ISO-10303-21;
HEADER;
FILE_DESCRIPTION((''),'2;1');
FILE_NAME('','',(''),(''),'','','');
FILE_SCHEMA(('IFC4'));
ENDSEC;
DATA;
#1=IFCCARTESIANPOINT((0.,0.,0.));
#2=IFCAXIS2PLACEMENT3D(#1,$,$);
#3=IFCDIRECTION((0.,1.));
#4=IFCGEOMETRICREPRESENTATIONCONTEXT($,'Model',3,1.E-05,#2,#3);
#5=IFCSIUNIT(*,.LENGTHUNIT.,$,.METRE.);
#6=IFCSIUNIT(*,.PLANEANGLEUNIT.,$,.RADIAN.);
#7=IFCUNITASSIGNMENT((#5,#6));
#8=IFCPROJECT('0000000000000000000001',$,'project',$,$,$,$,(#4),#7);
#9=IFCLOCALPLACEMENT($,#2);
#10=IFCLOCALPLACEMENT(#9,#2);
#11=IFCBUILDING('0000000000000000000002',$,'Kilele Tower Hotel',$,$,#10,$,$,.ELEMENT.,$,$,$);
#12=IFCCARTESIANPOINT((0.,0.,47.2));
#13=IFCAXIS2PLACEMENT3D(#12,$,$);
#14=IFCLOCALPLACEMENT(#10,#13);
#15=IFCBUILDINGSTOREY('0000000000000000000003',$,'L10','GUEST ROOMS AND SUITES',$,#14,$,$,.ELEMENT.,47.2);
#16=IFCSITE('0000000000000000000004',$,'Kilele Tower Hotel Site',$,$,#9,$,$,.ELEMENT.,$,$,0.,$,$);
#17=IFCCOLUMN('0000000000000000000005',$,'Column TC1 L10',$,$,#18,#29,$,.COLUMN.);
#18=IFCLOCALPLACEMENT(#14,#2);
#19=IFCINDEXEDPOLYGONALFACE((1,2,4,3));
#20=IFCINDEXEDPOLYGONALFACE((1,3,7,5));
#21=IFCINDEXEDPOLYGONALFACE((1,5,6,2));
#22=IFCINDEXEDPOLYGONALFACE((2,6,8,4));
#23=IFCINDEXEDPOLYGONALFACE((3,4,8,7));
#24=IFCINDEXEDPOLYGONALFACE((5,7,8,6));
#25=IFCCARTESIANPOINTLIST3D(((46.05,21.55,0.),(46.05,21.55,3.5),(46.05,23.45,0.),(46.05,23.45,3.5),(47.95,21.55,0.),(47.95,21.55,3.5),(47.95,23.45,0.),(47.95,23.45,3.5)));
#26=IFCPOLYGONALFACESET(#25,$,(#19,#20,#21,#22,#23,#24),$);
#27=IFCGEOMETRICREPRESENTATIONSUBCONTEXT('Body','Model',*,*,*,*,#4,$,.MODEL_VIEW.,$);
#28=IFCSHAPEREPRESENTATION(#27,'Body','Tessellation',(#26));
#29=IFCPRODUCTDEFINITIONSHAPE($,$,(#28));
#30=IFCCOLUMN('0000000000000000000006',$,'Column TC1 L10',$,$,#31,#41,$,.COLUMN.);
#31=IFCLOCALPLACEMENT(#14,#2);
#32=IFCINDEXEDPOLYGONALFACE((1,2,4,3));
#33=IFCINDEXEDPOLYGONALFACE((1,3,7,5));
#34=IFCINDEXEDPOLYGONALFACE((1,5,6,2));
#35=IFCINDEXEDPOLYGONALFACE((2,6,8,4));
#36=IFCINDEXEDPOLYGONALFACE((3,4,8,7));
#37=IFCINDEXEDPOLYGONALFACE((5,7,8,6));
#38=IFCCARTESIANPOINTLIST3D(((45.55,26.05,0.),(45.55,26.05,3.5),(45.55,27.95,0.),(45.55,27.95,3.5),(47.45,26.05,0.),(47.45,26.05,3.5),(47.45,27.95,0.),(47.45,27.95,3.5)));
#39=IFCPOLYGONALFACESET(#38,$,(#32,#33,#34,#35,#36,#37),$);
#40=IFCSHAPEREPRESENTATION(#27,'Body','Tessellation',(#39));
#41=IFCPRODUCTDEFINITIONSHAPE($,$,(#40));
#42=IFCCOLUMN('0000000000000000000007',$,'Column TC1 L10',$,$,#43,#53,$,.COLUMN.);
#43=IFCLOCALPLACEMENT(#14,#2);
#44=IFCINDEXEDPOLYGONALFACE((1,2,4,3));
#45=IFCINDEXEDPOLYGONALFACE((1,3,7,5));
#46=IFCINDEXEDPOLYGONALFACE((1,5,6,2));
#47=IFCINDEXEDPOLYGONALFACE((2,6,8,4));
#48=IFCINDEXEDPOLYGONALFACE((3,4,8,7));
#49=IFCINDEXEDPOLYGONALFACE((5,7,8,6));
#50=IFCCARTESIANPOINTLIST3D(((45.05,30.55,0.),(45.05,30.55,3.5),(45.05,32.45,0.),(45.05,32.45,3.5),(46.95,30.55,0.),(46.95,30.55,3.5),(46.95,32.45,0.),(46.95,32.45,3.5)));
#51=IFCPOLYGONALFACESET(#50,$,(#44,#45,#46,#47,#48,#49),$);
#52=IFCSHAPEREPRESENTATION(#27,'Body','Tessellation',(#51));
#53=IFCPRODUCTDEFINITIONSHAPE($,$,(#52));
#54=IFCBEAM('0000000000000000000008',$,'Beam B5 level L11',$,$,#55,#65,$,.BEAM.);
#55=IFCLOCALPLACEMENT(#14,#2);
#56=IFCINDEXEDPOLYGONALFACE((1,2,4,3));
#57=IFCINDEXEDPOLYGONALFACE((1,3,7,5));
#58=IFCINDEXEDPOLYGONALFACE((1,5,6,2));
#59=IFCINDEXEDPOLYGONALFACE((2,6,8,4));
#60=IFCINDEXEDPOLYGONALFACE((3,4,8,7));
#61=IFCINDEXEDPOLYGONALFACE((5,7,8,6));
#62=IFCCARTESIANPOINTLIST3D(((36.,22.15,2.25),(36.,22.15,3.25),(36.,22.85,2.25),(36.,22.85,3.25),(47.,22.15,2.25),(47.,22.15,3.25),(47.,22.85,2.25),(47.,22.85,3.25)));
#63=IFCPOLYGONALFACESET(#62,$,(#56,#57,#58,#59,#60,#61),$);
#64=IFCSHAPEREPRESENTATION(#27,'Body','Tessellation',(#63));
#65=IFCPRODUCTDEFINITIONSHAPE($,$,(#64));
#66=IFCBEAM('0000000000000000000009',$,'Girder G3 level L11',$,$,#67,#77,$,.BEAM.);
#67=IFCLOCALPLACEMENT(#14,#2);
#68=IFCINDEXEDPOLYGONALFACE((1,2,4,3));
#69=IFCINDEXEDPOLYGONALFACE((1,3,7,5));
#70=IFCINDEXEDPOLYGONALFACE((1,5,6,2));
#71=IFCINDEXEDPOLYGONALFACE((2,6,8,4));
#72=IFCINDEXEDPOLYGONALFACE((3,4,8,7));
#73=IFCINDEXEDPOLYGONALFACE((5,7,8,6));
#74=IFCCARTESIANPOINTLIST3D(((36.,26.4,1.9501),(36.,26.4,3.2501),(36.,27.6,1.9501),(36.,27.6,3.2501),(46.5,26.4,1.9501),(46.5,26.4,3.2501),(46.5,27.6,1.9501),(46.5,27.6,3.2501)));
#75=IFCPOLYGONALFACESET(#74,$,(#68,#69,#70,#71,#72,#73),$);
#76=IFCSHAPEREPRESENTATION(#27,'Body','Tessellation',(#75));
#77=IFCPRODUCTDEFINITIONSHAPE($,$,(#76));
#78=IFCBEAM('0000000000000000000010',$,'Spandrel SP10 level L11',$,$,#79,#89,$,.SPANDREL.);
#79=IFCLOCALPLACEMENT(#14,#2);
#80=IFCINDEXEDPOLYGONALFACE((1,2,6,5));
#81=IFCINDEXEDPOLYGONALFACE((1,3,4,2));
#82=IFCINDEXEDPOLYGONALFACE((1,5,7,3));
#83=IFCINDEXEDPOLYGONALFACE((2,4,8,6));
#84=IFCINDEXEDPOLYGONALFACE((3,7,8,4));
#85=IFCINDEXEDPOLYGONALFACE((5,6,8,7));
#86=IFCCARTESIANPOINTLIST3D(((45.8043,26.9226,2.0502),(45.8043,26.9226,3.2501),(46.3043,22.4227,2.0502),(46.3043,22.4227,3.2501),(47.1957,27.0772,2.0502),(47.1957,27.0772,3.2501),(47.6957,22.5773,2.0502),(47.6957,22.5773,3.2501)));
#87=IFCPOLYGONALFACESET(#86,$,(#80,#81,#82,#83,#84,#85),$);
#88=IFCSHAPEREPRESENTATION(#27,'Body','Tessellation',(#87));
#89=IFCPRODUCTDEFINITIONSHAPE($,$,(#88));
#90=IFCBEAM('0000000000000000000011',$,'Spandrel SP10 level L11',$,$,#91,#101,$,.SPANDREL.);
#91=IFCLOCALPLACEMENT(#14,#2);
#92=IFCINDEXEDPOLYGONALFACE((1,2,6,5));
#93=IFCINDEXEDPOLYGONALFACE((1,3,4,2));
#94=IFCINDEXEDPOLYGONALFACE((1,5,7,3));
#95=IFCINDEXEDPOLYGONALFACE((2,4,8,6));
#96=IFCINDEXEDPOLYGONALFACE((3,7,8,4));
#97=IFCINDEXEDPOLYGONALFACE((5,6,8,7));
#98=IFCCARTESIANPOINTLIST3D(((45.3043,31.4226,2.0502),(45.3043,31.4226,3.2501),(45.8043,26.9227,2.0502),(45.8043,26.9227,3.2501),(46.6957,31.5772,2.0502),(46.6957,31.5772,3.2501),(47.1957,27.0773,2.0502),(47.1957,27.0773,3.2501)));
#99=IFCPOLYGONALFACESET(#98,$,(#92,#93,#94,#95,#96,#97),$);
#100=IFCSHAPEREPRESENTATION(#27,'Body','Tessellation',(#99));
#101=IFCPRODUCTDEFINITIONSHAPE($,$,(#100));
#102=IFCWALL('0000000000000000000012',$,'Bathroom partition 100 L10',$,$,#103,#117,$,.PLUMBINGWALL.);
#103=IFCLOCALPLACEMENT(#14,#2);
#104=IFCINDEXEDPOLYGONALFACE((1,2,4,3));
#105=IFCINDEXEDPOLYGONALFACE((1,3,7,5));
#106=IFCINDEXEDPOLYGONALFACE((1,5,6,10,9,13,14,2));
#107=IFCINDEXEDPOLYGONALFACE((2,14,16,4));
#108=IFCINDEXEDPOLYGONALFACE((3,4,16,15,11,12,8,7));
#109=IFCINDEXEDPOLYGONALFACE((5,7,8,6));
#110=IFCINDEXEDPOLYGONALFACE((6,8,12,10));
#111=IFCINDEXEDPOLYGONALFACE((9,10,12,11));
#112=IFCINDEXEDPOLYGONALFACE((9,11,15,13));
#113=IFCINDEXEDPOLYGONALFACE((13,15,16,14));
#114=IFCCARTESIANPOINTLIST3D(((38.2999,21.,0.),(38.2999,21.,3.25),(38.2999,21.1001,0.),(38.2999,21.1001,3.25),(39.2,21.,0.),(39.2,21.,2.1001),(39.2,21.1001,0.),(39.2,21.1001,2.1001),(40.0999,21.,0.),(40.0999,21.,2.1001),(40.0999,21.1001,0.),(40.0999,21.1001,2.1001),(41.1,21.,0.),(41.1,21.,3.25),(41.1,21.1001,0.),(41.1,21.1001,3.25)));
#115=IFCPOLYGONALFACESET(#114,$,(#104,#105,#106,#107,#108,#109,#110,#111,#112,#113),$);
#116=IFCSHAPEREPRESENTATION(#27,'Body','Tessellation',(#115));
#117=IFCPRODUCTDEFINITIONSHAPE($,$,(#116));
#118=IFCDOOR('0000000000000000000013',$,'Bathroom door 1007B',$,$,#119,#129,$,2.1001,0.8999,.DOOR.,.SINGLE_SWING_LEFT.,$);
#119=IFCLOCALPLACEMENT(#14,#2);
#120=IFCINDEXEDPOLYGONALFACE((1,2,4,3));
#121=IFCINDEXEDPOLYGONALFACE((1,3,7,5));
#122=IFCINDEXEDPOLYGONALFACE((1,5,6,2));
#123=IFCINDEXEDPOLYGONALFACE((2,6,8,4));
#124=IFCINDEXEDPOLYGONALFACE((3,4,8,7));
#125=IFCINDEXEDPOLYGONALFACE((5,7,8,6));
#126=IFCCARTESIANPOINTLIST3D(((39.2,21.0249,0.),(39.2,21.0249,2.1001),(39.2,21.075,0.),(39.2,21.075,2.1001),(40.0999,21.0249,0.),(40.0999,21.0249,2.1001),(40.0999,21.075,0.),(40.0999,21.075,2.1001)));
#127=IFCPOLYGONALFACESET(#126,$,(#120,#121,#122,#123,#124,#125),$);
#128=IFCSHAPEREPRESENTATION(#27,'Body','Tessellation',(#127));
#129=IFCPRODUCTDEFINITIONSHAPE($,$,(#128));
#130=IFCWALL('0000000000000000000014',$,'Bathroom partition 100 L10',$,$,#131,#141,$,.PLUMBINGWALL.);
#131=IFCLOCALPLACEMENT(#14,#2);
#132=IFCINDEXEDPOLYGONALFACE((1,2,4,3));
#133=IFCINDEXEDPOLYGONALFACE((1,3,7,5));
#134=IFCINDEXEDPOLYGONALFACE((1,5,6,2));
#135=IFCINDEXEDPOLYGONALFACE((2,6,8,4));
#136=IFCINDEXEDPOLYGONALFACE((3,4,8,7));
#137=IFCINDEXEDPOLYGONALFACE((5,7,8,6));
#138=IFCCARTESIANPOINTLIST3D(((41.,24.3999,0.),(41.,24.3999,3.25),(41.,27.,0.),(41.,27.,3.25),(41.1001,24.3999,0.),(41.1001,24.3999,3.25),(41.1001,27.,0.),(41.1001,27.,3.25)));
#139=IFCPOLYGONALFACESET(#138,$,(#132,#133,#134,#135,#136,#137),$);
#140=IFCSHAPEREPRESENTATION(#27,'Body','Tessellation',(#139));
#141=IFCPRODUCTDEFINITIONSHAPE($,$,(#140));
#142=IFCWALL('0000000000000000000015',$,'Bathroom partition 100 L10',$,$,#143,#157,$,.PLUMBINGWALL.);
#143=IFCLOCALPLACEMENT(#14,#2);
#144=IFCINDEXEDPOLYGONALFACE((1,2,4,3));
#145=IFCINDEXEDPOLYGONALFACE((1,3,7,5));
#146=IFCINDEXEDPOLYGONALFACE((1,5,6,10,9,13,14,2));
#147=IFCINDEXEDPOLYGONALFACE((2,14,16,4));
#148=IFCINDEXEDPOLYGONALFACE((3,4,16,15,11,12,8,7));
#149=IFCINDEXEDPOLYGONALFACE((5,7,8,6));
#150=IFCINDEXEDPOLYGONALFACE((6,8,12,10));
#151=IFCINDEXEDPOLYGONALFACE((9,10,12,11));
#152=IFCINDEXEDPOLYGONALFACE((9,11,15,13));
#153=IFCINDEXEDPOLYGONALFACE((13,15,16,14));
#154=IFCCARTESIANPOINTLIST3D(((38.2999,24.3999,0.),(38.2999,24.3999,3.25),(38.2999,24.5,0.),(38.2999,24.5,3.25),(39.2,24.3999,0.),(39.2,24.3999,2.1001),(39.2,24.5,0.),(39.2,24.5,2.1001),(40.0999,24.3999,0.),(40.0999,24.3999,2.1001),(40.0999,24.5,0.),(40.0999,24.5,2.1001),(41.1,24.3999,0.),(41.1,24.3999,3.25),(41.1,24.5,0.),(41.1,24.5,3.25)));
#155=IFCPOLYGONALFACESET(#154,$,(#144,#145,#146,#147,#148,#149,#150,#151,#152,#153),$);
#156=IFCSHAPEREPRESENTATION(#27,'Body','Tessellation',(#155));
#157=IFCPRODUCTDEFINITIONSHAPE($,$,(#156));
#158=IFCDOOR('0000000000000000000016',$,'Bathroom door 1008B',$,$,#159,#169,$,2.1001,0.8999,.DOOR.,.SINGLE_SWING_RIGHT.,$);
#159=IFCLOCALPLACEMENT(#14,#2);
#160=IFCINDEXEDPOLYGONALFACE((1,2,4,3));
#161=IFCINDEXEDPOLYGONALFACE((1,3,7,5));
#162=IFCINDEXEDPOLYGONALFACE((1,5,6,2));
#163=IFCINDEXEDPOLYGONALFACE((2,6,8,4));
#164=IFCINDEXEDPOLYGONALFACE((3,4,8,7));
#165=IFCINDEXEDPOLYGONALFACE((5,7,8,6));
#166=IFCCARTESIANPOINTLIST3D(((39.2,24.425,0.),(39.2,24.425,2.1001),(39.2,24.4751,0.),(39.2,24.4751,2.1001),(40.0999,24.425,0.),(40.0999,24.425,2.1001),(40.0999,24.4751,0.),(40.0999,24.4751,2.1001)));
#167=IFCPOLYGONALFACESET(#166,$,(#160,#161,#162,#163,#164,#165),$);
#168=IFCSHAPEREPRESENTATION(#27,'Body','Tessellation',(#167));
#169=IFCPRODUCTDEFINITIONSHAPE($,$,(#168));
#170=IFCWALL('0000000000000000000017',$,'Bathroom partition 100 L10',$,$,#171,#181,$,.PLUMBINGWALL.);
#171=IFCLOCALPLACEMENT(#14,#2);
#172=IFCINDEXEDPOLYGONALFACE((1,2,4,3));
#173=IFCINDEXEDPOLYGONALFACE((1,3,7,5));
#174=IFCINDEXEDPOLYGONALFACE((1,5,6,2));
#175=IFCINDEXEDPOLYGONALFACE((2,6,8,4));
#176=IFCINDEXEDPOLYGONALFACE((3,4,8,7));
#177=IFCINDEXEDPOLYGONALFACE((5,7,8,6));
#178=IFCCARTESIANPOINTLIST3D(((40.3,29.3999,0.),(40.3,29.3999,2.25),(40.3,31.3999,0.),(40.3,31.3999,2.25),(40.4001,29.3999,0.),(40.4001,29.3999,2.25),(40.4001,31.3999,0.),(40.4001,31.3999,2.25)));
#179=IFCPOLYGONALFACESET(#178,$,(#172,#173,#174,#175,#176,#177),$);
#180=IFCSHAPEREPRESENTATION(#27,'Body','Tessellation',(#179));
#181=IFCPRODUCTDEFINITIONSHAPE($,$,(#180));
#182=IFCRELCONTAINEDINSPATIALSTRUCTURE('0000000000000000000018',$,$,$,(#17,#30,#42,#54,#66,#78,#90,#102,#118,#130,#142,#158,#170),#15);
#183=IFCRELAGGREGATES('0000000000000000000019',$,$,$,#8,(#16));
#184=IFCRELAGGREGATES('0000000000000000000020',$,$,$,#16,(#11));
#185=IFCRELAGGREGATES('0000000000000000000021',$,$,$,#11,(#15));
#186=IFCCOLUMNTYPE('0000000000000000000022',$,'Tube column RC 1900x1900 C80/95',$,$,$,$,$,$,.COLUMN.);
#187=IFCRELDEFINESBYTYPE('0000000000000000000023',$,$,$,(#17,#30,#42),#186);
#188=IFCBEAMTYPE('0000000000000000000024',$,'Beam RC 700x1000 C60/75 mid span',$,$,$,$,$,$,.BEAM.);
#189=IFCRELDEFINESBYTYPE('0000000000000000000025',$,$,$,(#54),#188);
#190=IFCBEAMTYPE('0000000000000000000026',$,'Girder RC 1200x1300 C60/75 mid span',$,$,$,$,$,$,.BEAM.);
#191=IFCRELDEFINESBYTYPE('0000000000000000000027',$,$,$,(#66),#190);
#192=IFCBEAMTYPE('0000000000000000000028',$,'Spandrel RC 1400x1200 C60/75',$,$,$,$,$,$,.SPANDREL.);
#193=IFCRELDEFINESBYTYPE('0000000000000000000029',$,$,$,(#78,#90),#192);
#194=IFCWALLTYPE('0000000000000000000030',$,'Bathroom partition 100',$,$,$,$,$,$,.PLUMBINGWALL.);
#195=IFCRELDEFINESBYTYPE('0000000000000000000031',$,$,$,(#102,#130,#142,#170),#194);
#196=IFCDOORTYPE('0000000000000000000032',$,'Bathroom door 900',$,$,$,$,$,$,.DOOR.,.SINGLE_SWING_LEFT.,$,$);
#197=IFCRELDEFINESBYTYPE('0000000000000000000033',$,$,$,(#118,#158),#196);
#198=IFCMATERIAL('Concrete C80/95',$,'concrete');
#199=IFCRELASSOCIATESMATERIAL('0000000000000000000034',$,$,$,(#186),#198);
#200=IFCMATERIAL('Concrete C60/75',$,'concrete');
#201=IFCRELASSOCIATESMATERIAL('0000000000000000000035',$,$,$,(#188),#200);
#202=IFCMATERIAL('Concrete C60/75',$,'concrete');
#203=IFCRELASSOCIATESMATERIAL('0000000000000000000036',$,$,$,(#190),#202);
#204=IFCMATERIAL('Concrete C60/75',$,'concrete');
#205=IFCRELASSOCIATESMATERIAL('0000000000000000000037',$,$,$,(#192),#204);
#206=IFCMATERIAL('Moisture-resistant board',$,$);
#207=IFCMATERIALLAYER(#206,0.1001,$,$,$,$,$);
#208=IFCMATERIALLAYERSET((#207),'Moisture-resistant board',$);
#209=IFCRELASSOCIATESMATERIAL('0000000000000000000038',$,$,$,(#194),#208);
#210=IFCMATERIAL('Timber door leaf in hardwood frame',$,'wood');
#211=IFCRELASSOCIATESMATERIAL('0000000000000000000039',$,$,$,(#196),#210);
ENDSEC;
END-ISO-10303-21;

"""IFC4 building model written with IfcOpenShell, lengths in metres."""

from ifc_helpers import new_model, si_unit, direction, frame, frame_2d, origin, origin_2d, place, context, subcontext, project, spatial, rectangle, extrude, material, layer, layer_set, material_profile, profile_set, type_object, element, fill, save


model = new_model("IFC4")

# Units and contexts
model_context = context("Model", 3, precision=1e-05, world=origin(), true_north=direction((0.0, 1.0)))
body_context = subcontext(model_context, "Body", "Model", "MODEL_VIEW")
ifc_project = project(units=[si_unit("LENGTHUNIT", "METRE"), si_unit("PLANEANGLEUNIT", "RADIAN")], contexts=[model_context])

# Site, building, storey
site_placement = place(None, origin())
site = spatial("IfcSite", under=ifc_project, at=site_placement, Name="Kilele Tower Hotel Site", CompositionType="ELEMENT", RefElevation=0.0)
building_placement = place(site_placement, origin())
building = spatial("IfcBuilding", under=site, at=building_placement, Name="Kilele Tower Hotel", CompositionType="ELEMENT")
storey_placement = place(building_placement, frame((0.0, 0.0, 47.2)))
storey = spatial("IfcBuildingStorey", under=building, at=storey_placement, Name="L10", Description="GUEST ROOMS AND SUITES", CompositionType="ELEMENT", Elevation=47.2)

# Columns
ifc_material_1 = material(Name="Concrete C80/95", Category="concrete")
ifc_material_profile_1 = material_profile(ifc_material_1, rectangle(XDim=1.8999, YDim=1.8999, at=origin_2d()))
ifc_profile_set_1 = profile_set([ifc_material_profile_1], Name="Concrete C80/95")
column_type = type_object("IfcColumnType", Name="Tube column RC 1900x1900 C80/95", PredefinedType="COLUMN", material=ifc_profile_set_1)
for number, where, z_axis, x_axis, name in (
    (1, (47.0, 22.5, 0.0), (0.0, 0.0, 1.0), (1.0, 0.0, 0.0), "Column TC1 L10"),
    (2, (46.5, 27.0, 0.0), (0.0, 0.0, 1.0), (1.0, 0.0, 0.0), "Column TC1 L10"),
    (3, (46.0, 31.5, 0.0), (0.0, 0.0, 1.0), (1.0, 0.0, 0.0), "Column TC1 L10"),
):
    element("IfcColumn", number, at=place(storey_placement, frame(where, z_axis=z_axis, x_axis=x_axis)), inside=storey, type_object=column_type, Name=name, PredefinedType="COLUMN", context=body_context, shape_type="SweptSolid", body=[
        extrude(rectangle(XDim=1.8999, YDim=1.8999, at=origin_2d()), origin(), (0.0, 0.0, 1.0), 3.5),
    ])

# Beams
ifc_material_2 = material(Name="Concrete C60/75", Category="concrete")
ifc_material_profile_2 = material_profile(ifc_material_2, rectangle(XDim=0.7, YDim=1.0, at=origin_2d()))
ifc_profile_set_2 = profile_set([ifc_material_profile_2], Name="Concrete C60/75")
beam_type_1 = type_object("IfcBeamType", Name="Beam RC 700x1000 C60/75 mid span", PredefinedType="BEAM", material=ifc_profile_set_2)
beam_1_placement = place(storey_placement, frame((47.0, 22.5, 2.75), z_axis=(-1.0, 0.0, 0.0), x_axis=(0.0, -1.0, 0.0)))
element("IfcBeam", 4, at=beam_1_placement, inside=storey, type_object=beam_type_1, Name="Beam B5 level L11", PredefinedType="BEAM", context=body_context, shape_type="SweptSolid", body=[
    extrude(rectangle(XDim=0.7, YDim=1.0, at=origin_2d()), origin(), (0.0, 0.0, 1.0), 11.0),
])
ifc_material_3 = material(Name="Concrete C60/75", Category="concrete")
ifc_material_profile_3 = material_profile(ifc_material_3, rectangle(XDim=1.2, YDim=1.3, at=origin_2d()))
ifc_profile_set_3 = profile_set([ifc_material_profile_3], Name="Concrete C60/75")
beam_type_2 = type_object("IfcBeamType", Name="Girder RC 1200x1300 C60/75 mid span", PredefinedType="BEAM", material=ifc_profile_set_3)
beam_2_placement = place(storey_placement, frame((46.5, 27.0, 2.6001), z_axis=(-1.0, 0.0, 0.0), x_axis=(0.0, -1.0, 0.0)))
element("IfcBeam", 5, at=beam_2_placement, inside=storey, type_object=beam_type_2, Name="Girder G3 level L11", PredefinedType="BEAM", context=body_context, shape_type="SweptSolid", body=[
    extrude(rectangle(XDim=1.2, YDim=1.3, at=origin_2d()), origin(), (0.0, 0.0, 1.0), 10.5),
])
ifc_material_4 = material(Name="Concrete C60/75", Category="concrete")
ifc_material_profile_4 = material_profile(ifc_material_4, rectangle(XDim=1.3999, YDim=1.2, at=origin_2d()))
ifc_profile_set_4 = profile_set([ifc_material_profile_4], Name="Concrete C60/75")
beam_type_3 = type_object("IfcBeamType", Name="Spandrel RC 1400x1200 C60/75", PredefinedType="SPANDREL", material=ifc_profile_set_4)
for number, where, z_axis, x_axis, name in (
    (6, (47.0, 22.5, 2.6501), (-0.110432, 0.993884, 0.0), (-0.993884, -0.110432, 0.0), "Spandrel SP10 level L11"),
    (7, (46.5, 27.0, 2.6501), (-0.110432, 0.993884, 0.0), (-0.993884, -0.110432, 0.0), "Spandrel SP10 level L11"),
):
    element("IfcBeam", number, at=place(storey_placement, frame(where, z_axis=z_axis, x_axis=x_axis)), inside=storey, type_object=beam_type_3, Name=name, PredefinedType="SPANDREL", context=body_context, shape_type="SweptSolid", body=[
        extrude(rectangle(XDim=1.3999, YDim=1.2, at=origin_2d()), origin(), (0.0, 0.0, 1.0), 4.5276),
    ])

# Wall, opening, door
ifc_material_5 = material(Name="Moisture-resistant board")
ifc_layer_1 = layer(ifc_material_5, 0.1001)
ifc_layer_set_1 = layer_set([ifc_layer_1], Name="Moisture-resistant board")
wall_type_1 = type_object("IfcWallType", Name="Bathroom partition 100", PredefinedType="PLUMBINGWALL", material=ifc_layer_set_1)
wall_1_placement = place(storey_placement, frame((38.3, 21.05, 0.0), z_axis=(0.0, 0.0, 1.0), x_axis=(1.0, 0.0, 0.0)))
wall_1 = element("IfcWall", 8, at=wall_1_placement, inside=storey, type_object=wall_type_1, Name="Bathroom partition 100 L10", PredefinedType="PLUMBINGWALL", context=body_context, shape_type="SweptSolid", body=[
    extrude(rectangle(XDim=2.8, YDim=0.1001, at=frame_2d((1.3999, 0.0))), origin(), (0.0, 0.0, 1.0), 3.25),
])
opening_1_placement = place(wall_1_placement, frame((0.8999, 0.0, 0.0)))
opening_1 = element("IfcOpeningElement", 9, at=opening_1_placement, cuts=wall_1, PredefinedType="OPENING", context=body_context, shape_type="SweptSolid", body=[
    extrude(rectangle(XDim=0.8999, YDim=2.1001, at=frame_2d((0.45, 1.05))), frame((0.0, 0.0601, 0.0), z_axis=(0.0, -1.0, 0.0), x_axis=(1.0, 0.0, 0.0)), (0.0, 0.0, 1.0), 0.1201),
])
ifc_material_6 = material(Name="Timber door leaf in hardwood frame", Category="wood")
door_type_1 = type_object("IfcDoorType", Name="Bathroom door 900", OperationType="SINGLE_SWING_LEFT", PredefinedType="DOOR", material=ifc_material_6)
door_1_placement = place(opening_1_placement, origin())
door_1 = element("IfcDoor", 10, at=door_1_placement, inside=storey, type_object=door_type_1, Name="Bathroom door 1007B", OperationType="SINGLE_SWING_LEFT", OverallHeight=2.1001, OverallWidth=0.8999, PredefinedType="DOOR", context=body_context, shape_type="SweptSolid", body=[
    extrude(rectangle(XDim=0.8999, YDim=2.1001, at=frame_2d((0.45, 1.05))), frame((0.0, 0.0249, 0.0), z_axis=(0.0, -1.0, 0.0), x_axis=(1.0, 0.0, 0.0)), (0.0, 0.0, 1.0), 0.05),
])
fill(opening_1, door_1)

# Wall
wall_2_placement = place(storey_placement, frame((41.05, 24.3999, 0.0), z_axis=(0.0, 0.0, 1.0), x_axis=(0.0, 1.0, 0.0)))
element("IfcWall", 11, at=wall_2_placement, inside=storey, type_object=wall_type_1, Name="Bathroom partition 100 L10", PredefinedType="PLUMBINGWALL", context=body_context, shape_type="SweptSolid", body=[
    extrude(rectangle(XDim=2.6001, YDim=0.1001, at=frame_2d((1.3, 0.0))), origin(), (0.0, 0.0, 1.0), 3.25),
])

# Wall, opening, door
wall_3_placement = place(storey_placement, frame((38.3, 24.45, 0.0), z_axis=(0.0, 0.0, 1.0), x_axis=(1.0, 0.0, 0.0)))
wall_3 = element("IfcWall", 12, at=wall_3_placement, inside=storey, type_object=wall_type_1, Name="Bathroom partition 100 L10", PredefinedType="PLUMBINGWALL", context=body_context, shape_type="SweptSolid", body=[
    extrude(rectangle(XDim=2.8, YDim=0.1001, at=frame_2d((1.3999, 0.0))), origin(), (0.0, 0.0, 1.0), 3.25),
])
opening_2_placement = place(wall_3_placement, frame((1.7998, 0.0, 0.0), z_axis=(0.0, 0.0, 1.0), x_axis=(-1.0, 0.0, 0.0)))
opening_2 = element("IfcOpeningElement", 13, at=opening_2_placement, cuts=wall_3, PredefinedType="OPENING", context=body_context, shape_type="SweptSolid", body=[
    extrude(rectangle(XDim=0.8999, YDim=2.1001, at=frame_2d((0.45, 1.05))), frame((0.0, 0.0601, 0.0), z_axis=(0.0, -1.0, 0.0), x_axis=(1.0, 0.0, 0.0)), (0.0, 0.0, 1.0), 0.1201),
])
door_2_placement = place(opening_2_placement, origin())
door_2 = element("IfcDoor", 14, at=door_2_placement, inside=storey, type_object=door_type_1, Name="Bathroom door 1008B", OperationType="SINGLE_SWING_RIGHT", OverallHeight=2.1001, OverallWidth=0.8999, PredefinedType="DOOR", context=body_context, shape_type="SweptSolid", body=[
    extrude(rectangle(XDim=0.8999, YDim=2.1001, at=frame_2d((0.45, 1.05))), frame((0.0, 0.0249, 0.0), z_axis=(0.0, -1.0, 0.0), x_axis=(1.0, 0.0, 0.0)), (0.0, 0.0, 1.0), 0.05),
])
fill(opening_2, door_2)

# Wall
wall_4_placement = place(storey_placement, frame((40.3501, 31.3999, 0.0), z_axis=(0.0, 0.0, 1.0), x_axis=(0.0, -1.0, 0.0)))
element("IfcWall", 15, at=wall_4_placement, inside=storey, type_object=wall_type_1, Name="Bathroom partition 100 L10", PredefinedType="PLUMBINGWALL", context=body_context, shape_type="SweptSolid", body=[
    extrude(rectangle(XDim=2.0, YDim=0.1001, at=frame_2d((1.0, 0.0))), origin(), (0.0, 0.0, 1.0), 2.25),
])

save(model, "model.ifc")
